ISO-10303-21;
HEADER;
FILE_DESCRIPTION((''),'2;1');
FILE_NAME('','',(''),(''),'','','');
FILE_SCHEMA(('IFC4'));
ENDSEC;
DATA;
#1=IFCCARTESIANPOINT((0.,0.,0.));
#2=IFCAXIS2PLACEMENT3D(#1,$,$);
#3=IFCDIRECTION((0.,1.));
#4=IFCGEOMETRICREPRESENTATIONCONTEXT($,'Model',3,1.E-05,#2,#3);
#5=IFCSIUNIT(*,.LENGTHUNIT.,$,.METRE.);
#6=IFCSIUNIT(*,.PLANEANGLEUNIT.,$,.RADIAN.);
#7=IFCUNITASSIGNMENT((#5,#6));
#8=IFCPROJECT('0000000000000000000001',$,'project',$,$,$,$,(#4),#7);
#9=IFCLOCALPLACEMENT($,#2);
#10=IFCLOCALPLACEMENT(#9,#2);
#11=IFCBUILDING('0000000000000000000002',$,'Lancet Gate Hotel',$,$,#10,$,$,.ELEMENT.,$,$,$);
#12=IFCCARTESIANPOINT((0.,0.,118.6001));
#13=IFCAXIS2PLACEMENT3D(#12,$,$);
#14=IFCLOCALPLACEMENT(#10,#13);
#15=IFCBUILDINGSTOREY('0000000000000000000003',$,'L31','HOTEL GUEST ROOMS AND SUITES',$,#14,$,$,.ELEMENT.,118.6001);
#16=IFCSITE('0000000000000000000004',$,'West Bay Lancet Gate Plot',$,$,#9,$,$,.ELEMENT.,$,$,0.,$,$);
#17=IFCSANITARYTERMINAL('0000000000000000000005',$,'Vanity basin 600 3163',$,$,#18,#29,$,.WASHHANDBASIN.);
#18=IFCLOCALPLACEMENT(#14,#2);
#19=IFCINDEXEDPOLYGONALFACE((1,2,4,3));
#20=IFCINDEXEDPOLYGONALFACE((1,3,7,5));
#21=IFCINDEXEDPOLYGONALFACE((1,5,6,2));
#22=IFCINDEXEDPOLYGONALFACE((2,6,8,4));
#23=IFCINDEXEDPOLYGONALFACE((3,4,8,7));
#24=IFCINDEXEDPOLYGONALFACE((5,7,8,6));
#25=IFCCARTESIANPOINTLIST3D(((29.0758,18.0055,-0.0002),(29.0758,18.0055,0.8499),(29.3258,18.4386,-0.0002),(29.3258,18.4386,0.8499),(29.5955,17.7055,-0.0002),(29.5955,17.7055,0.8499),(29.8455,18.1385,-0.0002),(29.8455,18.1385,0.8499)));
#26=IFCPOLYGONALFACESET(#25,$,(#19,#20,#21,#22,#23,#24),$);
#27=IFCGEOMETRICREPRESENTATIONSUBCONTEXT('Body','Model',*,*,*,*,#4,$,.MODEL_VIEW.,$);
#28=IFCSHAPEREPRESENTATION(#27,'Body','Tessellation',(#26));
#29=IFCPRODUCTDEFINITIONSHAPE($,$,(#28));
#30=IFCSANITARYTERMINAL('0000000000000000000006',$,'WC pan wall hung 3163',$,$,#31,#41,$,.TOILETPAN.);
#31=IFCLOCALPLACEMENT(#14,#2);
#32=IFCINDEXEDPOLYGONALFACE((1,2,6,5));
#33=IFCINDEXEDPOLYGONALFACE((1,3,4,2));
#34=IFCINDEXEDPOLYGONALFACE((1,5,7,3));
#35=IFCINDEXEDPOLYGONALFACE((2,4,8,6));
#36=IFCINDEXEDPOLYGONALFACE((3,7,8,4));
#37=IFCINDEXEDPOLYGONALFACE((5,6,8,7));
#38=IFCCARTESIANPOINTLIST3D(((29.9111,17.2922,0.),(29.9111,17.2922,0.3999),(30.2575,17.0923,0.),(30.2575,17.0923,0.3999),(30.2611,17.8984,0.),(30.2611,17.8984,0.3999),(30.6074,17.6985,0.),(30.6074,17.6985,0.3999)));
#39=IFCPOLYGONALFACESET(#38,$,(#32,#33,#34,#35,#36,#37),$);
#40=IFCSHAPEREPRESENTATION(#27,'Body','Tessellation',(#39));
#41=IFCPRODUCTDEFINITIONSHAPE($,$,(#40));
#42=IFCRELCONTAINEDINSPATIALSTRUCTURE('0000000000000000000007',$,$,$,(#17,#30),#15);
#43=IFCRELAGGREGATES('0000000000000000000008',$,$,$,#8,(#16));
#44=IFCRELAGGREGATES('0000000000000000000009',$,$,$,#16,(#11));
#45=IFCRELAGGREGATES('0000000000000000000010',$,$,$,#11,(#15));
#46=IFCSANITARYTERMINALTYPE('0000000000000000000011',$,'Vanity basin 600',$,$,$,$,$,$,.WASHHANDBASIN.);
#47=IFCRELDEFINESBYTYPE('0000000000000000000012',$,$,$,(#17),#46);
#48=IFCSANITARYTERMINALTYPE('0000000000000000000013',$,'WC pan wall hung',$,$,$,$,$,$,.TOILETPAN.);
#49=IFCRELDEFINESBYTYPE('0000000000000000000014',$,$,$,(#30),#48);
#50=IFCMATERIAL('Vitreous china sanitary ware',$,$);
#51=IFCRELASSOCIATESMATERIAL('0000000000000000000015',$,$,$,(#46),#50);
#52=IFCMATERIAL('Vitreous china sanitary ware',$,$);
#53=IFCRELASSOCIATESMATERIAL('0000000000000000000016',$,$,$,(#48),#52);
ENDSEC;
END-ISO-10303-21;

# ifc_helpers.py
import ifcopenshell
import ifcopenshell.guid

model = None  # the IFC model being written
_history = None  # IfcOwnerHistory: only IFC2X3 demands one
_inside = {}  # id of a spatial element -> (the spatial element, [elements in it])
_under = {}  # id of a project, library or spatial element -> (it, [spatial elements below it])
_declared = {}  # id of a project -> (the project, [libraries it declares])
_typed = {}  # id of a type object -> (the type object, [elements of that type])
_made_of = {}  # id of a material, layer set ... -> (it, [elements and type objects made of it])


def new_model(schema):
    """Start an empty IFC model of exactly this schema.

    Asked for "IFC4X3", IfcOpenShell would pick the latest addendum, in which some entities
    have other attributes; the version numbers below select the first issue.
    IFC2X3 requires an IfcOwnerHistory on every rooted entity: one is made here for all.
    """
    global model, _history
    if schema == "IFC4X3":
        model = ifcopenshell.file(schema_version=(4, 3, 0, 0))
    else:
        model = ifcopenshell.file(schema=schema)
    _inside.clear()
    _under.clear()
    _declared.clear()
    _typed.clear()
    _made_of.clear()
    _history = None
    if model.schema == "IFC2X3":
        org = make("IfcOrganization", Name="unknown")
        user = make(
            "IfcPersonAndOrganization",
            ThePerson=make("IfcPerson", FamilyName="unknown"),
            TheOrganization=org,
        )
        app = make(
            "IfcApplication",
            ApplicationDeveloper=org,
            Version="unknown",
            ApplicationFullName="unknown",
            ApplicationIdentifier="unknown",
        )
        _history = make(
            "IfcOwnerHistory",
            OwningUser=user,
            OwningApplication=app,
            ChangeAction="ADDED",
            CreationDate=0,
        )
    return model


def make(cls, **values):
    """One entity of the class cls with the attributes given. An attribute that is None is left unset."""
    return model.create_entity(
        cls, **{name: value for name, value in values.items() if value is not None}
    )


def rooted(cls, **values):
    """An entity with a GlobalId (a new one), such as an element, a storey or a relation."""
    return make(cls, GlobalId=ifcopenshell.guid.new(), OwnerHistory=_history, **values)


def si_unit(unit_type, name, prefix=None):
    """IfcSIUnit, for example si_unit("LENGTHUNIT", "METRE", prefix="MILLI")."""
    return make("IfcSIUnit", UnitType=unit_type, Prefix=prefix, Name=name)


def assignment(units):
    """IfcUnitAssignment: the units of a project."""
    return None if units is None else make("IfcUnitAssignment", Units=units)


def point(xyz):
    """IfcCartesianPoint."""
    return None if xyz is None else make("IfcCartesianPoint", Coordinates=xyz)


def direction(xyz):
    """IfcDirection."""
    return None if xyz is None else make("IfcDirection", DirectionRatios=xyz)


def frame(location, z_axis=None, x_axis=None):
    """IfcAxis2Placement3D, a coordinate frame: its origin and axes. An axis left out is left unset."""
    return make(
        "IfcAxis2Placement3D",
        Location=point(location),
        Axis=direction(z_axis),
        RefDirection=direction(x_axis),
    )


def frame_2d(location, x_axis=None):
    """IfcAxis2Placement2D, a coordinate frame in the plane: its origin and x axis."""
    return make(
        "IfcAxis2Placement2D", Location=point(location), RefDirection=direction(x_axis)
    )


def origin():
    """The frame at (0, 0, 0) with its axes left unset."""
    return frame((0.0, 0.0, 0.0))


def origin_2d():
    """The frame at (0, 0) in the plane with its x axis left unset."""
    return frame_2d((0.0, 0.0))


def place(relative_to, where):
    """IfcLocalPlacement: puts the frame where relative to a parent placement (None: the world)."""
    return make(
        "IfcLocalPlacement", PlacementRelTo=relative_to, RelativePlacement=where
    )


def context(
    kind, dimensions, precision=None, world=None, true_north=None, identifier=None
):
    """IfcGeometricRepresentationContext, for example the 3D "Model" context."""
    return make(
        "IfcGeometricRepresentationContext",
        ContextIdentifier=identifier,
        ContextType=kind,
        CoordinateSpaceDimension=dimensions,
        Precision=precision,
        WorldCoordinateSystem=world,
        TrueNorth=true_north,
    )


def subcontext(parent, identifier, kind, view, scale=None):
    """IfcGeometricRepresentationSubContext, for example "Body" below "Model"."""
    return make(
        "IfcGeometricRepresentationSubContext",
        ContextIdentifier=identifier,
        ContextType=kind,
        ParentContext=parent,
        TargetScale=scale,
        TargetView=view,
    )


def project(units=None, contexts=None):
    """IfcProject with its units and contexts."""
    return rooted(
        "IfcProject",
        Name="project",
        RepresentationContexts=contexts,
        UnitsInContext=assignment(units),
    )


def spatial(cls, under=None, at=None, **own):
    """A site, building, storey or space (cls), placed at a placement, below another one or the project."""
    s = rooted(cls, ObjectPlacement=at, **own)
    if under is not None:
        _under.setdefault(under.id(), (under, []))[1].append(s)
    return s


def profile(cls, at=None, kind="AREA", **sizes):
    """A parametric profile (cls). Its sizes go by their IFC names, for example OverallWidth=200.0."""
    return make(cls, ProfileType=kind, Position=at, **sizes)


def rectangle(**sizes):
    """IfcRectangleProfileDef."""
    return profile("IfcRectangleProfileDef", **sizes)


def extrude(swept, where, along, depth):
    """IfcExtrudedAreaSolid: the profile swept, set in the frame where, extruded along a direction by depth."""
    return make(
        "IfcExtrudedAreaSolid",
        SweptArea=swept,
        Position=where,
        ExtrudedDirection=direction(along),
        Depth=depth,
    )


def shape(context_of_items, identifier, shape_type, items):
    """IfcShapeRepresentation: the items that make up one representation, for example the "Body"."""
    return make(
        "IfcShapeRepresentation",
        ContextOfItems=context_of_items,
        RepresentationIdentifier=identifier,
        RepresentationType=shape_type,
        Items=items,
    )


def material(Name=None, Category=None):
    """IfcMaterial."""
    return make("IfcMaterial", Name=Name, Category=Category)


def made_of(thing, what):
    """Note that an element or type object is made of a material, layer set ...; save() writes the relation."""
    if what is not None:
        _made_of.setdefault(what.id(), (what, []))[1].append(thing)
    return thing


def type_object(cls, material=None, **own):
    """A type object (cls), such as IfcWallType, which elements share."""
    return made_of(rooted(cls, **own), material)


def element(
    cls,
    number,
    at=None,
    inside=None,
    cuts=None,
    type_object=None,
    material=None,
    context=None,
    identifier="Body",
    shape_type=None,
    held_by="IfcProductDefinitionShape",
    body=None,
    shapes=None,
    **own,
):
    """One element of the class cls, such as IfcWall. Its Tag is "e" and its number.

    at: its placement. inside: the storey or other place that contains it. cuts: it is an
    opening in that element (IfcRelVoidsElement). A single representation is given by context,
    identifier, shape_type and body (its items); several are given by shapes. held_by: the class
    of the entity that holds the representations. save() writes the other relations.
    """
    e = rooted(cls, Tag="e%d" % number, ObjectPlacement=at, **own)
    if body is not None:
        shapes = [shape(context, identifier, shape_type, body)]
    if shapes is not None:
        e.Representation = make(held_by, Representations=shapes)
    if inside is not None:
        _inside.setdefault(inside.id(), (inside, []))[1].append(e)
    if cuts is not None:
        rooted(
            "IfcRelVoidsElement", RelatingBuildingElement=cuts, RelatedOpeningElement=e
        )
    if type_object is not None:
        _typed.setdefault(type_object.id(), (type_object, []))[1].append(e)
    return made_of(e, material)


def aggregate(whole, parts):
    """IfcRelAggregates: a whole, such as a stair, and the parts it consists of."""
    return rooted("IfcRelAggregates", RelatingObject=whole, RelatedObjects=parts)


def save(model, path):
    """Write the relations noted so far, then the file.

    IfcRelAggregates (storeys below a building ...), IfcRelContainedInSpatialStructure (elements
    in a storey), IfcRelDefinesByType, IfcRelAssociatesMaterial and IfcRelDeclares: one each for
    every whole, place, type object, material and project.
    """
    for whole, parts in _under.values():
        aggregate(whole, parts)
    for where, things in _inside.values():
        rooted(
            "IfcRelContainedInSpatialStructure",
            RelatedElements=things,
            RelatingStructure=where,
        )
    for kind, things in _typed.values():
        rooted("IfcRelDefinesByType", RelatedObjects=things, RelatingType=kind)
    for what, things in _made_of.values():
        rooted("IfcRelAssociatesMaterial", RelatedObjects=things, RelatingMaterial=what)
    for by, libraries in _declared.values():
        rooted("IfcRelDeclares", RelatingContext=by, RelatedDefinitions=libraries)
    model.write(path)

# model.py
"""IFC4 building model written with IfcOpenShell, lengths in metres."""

from ifc_helpers import new_model, si_unit, direction, frame, origin, origin_2d, place, context, subcontext, project, spatial, rectangle, extrude, material, type_object, element, save


model = new_model("IFC4")

# Units and contexts
model_context = context("Model", 3, precision=1e-05, world=origin(), true_north=direction((0.0, 1.0)))
body_context = subcontext(model_context, "Body", "Model", "MODEL_VIEW")
ifc_project = project(units=[si_unit("LENGTHUNIT", "METRE"), si_unit("PLANEANGLEUNIT", "RADIAN")], contexts=[model_context])

# Site, building, storey
site_placement = place(None, origin())
site = spatial("IfcSite", under=ifc_project, at=site_placement, Name="West Bay Lancet Gate Plot", CompositionType="ELEMENT", RefElevation=0.0)
building_placement = place(site_placement, origin())
building = spatial("IfcBuilding", under=site, at=building_placement, Name="Lancet Gate Hotel", CompositionType="ELEMENT")
storey_placement = place(building_placement, frame((0.0, 0.0, 118.6001)))
storey = spatial("IfcBuildingStorey", under=building, at=storey_placement, Name="L31", Description="HOTEL GUEST ROOMS AND SUITES", CompositionType="ELEMENT", Elevation=118.6001)

# Sanitary terminals
ifc_material_1 = material(Name="Vitreous china sanitary ware")
sanitary_terminal_type_1 = type_object("IfcSanitaryTerminalType", Name="Vanity basin 600", PredefinedType="WASHHANDBASIN", material=ifc_material_1)
sanitary_terminal_1_placement = place(storey_placement, frame((29.4607, 18.072, -0.0002), z_axis=(0.0, 0.0, 1.0), x_axis=(0.866025, -0.5, 0.0)))
element("IfcSanitaryTerminal", 1, at=sanitary_terminal_1_placement, inside=storey, type_object=sanitary_terminal_type_1, Name="Vanity basin 600 3163", PredefinedType="WASHHANDBASIN", context=body_context, shape_type="SweptSolid", body=[
    extrude(rectangle(XDim=0.6001, YDim=0.5, at=origin_2d()), origin(), (0.0, 0.0, 1.0), 0.8501),
])
ifc_material_2 = material(Name="Vitreous china sanitary ware")
sanitary_terminal_type_2 = type_object("IfcSanitaryTerminalType", Name="WC pan wall hung", PredefinedType="TOILETPAN", material=ifc_material_2)
sanitary_terminal_2_placement = place(storey_placement, frame((30.2593, 17.4954, 0.0), z_axis=(0.0, 0.0, 1.0), x_axis=(0.866025, -0.5, 0.0)))
element("IfcSanitaryTerminal", 2, at=sanitary_terminal_2_placement, inside=storey, type_object=sanitary_terminal_type_2, Name="WC pan wall hung 3163", PredefinedType="TOILETPAN", context=body_context, shape_type="SweptSolid", body=[
    extrude(rectangle(XDim=0.3999, YDim=0.7, at=origin_2d()), origin(), (0.0, 0.0, 1.0), 0.3999),
])

save(model, "model.ifc")
